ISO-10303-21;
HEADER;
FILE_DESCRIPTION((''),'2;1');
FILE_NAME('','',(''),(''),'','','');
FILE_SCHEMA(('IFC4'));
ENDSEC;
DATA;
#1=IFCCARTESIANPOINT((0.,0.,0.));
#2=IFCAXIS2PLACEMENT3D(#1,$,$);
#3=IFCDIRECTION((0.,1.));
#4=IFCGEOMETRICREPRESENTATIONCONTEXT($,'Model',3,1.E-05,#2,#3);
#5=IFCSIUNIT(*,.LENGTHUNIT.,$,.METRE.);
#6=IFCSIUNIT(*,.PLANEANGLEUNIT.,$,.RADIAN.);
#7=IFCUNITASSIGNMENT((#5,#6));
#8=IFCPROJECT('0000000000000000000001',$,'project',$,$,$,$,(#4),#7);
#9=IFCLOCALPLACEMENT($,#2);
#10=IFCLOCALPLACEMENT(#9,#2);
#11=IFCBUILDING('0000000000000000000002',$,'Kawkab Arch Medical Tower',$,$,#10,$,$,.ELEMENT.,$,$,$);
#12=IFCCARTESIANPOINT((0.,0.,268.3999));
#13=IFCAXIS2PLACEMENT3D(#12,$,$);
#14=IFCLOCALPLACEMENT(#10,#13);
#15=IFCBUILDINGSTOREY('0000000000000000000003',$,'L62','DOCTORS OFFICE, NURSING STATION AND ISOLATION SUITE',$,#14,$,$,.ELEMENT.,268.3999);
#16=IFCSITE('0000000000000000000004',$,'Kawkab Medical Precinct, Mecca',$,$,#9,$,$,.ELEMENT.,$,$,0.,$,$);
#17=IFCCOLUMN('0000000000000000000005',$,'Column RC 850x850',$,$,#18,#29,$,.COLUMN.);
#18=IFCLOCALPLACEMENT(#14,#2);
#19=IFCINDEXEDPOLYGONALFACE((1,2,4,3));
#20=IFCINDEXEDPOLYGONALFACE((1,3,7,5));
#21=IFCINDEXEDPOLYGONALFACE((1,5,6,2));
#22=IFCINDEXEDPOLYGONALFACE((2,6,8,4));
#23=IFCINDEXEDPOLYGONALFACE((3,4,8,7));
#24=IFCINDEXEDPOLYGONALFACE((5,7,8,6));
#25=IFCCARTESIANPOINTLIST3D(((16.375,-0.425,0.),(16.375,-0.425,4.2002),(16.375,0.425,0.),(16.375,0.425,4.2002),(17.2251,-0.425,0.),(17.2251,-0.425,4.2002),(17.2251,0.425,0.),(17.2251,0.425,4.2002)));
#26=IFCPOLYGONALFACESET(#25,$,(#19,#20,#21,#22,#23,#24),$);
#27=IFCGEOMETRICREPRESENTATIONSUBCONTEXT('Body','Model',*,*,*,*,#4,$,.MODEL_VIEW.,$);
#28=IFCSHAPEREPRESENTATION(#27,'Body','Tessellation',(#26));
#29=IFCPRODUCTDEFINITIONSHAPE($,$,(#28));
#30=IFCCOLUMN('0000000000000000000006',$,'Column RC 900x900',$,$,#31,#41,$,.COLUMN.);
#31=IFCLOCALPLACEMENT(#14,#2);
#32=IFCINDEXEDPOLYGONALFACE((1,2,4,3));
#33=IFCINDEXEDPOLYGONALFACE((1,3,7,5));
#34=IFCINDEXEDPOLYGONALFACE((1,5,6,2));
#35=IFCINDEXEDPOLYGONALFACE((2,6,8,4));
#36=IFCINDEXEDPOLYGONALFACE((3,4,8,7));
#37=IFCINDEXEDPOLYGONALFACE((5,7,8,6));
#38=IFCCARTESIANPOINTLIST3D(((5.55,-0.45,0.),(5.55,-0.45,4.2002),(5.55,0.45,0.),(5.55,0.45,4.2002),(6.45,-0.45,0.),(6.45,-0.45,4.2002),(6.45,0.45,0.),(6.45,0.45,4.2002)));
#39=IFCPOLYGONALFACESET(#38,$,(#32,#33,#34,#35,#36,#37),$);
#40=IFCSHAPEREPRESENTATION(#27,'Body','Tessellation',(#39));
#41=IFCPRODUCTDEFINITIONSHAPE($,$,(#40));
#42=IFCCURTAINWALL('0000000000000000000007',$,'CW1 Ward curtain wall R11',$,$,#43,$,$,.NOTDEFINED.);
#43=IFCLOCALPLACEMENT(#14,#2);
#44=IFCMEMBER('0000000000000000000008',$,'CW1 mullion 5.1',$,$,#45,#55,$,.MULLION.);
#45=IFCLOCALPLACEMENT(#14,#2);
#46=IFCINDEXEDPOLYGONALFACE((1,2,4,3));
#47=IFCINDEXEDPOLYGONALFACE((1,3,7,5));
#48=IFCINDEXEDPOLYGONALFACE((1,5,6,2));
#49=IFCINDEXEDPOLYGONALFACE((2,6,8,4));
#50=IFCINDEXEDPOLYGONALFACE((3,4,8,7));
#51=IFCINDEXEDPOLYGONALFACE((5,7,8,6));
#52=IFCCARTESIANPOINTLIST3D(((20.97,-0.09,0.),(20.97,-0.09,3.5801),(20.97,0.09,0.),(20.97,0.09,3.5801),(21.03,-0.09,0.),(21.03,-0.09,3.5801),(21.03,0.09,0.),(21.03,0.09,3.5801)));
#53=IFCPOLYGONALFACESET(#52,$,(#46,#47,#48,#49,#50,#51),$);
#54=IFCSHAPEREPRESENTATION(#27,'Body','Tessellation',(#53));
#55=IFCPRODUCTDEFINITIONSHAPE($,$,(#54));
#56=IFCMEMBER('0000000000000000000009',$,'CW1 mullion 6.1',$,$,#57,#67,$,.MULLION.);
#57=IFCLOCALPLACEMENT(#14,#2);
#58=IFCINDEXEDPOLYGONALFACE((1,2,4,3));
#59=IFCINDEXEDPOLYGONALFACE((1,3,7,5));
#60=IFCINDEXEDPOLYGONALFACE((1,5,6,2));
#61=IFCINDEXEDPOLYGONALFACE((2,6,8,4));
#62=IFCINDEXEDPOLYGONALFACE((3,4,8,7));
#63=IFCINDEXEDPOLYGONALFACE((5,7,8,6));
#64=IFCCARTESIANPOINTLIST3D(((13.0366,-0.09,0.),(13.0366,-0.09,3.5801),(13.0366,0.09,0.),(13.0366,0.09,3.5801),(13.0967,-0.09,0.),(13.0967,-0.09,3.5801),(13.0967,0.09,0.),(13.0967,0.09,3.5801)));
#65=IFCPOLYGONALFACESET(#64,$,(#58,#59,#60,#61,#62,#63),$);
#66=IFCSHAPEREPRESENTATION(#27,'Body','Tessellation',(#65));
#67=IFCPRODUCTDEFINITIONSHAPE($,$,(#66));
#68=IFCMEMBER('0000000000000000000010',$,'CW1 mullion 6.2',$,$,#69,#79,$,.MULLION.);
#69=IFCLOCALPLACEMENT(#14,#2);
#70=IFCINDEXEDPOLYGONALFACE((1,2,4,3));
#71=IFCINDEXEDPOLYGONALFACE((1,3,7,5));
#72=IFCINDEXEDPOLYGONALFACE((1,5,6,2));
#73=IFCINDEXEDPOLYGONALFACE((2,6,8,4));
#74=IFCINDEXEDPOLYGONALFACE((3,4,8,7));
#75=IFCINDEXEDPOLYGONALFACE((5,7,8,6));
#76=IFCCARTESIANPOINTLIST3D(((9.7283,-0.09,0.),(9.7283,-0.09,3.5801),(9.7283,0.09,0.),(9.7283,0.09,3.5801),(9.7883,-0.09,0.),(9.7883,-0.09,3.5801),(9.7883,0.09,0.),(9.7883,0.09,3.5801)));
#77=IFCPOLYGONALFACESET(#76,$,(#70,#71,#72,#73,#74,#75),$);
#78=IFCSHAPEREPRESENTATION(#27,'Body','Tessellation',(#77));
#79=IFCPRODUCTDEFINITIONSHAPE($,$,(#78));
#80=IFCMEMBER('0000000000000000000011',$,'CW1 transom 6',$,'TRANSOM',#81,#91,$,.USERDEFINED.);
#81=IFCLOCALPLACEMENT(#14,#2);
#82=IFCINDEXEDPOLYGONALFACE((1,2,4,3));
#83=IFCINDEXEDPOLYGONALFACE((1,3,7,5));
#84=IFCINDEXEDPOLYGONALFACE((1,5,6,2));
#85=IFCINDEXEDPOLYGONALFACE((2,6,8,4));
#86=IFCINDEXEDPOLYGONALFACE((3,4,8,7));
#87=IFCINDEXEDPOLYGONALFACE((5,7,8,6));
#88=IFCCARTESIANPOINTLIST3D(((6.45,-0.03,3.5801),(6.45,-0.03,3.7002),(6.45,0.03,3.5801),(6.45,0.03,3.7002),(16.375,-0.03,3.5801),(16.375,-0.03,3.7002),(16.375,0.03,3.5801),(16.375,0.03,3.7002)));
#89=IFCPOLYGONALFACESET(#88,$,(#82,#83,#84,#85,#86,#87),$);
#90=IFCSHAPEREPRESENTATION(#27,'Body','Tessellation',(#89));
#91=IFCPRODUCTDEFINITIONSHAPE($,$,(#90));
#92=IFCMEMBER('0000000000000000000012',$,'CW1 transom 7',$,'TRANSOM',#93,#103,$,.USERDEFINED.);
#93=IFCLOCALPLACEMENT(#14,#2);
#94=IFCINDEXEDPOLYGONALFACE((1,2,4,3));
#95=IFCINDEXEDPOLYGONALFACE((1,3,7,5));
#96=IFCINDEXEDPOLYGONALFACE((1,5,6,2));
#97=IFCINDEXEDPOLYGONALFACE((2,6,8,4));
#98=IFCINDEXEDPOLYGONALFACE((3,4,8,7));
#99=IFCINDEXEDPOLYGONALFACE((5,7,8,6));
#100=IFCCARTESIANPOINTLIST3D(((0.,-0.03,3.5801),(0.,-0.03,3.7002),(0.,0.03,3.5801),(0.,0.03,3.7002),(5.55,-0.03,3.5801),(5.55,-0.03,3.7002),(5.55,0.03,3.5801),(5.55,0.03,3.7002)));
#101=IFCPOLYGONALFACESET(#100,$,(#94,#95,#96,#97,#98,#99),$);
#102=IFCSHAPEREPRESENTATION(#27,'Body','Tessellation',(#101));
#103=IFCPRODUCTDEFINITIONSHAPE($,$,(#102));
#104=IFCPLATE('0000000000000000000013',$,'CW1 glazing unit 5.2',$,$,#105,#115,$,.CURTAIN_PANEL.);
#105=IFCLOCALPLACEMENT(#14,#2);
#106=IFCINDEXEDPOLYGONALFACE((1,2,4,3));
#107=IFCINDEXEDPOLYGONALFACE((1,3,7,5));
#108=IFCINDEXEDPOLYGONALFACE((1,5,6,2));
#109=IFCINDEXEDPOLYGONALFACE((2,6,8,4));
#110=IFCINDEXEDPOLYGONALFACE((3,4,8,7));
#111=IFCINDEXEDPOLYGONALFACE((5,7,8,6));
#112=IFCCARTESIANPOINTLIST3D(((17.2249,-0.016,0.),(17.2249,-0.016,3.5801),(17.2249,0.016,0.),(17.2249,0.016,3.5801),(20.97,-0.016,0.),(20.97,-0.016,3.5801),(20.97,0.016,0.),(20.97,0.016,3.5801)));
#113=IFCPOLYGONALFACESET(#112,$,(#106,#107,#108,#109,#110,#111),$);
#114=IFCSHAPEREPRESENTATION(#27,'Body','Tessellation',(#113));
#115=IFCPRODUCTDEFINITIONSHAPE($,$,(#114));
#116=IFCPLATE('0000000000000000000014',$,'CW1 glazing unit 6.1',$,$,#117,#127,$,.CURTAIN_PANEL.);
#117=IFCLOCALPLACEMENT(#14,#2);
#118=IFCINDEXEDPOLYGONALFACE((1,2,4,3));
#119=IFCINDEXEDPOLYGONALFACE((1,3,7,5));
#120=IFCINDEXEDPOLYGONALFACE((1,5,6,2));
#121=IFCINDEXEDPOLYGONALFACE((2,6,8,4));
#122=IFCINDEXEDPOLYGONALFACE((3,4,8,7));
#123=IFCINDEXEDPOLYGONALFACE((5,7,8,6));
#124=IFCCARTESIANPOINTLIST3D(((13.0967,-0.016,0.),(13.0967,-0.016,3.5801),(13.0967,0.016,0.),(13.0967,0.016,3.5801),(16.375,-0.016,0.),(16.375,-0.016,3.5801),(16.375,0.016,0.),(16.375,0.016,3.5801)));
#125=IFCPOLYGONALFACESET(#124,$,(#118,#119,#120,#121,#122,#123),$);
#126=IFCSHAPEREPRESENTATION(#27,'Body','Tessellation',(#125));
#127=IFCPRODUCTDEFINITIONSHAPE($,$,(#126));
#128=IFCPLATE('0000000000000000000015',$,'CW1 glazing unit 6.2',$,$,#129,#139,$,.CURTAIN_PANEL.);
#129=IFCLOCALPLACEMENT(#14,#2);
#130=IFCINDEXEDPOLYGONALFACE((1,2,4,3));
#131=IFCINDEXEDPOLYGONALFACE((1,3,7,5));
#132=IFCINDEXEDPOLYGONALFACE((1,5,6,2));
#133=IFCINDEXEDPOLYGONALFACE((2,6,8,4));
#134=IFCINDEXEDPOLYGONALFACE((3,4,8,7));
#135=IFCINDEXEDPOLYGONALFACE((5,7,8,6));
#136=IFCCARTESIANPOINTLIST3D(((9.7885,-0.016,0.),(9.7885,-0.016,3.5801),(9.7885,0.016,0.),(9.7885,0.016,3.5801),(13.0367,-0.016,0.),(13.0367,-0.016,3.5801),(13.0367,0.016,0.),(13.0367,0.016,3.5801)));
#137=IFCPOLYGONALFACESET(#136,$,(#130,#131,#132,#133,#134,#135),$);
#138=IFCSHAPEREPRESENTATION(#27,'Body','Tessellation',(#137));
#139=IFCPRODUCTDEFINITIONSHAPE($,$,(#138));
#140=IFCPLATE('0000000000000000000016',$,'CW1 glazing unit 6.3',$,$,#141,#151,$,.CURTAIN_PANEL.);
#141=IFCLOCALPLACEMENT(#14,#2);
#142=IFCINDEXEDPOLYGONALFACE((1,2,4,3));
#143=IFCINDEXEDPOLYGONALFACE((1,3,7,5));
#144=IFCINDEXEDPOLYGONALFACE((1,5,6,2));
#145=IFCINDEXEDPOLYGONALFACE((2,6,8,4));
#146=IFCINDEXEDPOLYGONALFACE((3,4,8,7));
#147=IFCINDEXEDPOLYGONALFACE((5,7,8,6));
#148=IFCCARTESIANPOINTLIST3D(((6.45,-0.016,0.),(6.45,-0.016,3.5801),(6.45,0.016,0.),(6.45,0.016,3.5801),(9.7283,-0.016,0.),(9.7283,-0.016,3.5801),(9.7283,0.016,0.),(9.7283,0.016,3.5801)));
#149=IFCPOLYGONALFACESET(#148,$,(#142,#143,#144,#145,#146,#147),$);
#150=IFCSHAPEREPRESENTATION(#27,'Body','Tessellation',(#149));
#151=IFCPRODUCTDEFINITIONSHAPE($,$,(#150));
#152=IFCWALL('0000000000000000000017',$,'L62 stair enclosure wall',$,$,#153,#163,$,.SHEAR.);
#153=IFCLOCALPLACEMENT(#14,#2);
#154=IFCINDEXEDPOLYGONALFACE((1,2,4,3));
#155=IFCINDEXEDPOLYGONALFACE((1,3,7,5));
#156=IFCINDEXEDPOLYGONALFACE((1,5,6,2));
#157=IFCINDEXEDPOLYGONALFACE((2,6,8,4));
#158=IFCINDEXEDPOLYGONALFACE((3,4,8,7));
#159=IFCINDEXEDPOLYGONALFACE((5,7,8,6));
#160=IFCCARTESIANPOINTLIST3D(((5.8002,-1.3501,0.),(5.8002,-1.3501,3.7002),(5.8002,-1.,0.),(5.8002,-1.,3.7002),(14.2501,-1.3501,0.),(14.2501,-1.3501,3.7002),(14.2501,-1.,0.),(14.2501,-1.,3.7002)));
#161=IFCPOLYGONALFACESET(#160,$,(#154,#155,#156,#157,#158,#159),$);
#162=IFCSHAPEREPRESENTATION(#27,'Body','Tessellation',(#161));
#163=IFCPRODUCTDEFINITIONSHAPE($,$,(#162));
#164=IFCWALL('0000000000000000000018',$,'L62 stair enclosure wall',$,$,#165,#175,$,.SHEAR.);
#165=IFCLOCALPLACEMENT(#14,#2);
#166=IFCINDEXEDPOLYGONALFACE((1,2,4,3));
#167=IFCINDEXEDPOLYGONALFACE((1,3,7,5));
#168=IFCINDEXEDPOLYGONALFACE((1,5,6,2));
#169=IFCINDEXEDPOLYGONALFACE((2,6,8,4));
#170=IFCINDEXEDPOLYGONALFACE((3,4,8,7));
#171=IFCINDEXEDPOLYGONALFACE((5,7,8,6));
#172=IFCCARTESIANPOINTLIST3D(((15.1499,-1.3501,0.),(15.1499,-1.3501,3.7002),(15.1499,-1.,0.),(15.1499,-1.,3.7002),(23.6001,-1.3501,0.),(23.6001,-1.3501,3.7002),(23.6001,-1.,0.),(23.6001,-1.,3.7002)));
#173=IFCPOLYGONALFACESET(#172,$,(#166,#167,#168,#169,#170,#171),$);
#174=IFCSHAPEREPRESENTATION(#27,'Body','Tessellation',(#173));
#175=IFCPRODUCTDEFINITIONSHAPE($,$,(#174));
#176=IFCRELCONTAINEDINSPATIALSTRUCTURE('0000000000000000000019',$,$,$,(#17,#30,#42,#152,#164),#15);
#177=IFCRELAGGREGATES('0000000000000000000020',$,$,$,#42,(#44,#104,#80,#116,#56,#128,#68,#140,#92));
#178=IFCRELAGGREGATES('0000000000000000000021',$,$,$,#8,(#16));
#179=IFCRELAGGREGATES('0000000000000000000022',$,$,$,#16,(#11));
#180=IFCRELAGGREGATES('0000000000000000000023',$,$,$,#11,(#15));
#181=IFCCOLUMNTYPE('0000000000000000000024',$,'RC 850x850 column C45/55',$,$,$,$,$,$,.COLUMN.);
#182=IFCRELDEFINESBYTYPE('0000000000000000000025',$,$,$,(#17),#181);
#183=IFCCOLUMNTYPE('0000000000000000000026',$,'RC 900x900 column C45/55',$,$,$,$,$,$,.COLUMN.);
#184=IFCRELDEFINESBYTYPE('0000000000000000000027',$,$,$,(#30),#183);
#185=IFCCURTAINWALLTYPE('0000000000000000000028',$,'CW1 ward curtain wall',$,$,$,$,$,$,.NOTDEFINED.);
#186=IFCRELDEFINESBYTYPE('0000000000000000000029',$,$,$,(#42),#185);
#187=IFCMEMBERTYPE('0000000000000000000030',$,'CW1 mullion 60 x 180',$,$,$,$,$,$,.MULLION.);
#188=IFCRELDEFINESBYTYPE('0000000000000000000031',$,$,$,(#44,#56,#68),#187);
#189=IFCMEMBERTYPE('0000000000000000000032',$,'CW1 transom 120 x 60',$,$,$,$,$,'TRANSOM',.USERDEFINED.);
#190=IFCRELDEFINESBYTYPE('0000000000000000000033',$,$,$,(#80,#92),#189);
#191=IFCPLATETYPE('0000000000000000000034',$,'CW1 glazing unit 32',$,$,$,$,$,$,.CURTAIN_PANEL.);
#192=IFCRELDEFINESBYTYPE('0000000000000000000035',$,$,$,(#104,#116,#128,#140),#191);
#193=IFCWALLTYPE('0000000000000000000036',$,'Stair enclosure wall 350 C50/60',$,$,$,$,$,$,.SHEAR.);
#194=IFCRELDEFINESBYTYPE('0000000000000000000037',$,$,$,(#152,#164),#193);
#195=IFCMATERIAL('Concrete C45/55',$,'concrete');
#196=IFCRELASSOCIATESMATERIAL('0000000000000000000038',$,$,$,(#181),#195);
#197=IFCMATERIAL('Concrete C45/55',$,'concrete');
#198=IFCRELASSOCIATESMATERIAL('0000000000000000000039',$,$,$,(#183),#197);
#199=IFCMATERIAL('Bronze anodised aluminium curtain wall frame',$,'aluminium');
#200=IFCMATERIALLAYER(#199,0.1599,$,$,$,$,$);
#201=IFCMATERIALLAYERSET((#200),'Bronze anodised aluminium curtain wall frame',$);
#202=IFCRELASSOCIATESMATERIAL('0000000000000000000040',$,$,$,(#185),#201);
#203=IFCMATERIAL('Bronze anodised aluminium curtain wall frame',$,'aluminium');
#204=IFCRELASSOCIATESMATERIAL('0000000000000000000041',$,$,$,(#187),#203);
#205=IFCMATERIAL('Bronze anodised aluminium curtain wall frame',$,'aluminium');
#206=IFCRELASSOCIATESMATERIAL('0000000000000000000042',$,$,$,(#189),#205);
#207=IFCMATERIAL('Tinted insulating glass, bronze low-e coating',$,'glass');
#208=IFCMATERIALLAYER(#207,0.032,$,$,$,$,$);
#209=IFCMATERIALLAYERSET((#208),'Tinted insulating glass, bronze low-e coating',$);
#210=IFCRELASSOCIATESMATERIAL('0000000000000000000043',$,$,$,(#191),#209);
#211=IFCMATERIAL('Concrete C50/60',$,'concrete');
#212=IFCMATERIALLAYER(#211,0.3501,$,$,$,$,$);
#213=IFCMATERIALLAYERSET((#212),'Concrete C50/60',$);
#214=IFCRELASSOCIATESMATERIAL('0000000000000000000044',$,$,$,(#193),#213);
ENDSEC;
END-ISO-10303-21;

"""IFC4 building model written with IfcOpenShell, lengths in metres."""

from ifc_helpers import new_model, si_unit, direction, frame, frame_2d, origin, origin_2d, place, context, subcontext, project, spatial, rectangle, extrude, material, layer, layer_set, material_profile, profile_set, type_object, element, aggregate, save


model = new_model("IFC4")

# Units and contexts
model_context = context("Model", 3, precision=1e-05, world=origin(), true_north=direction((0.0, 1.0)))
body_context = subcontext(model_context, "Body", "Model", "MODEL_VIEW")
ifc_project = project(units=[si_unit("LENGTHUNIT", "METRE"), si_unit("PLANEANGLEUNIT", "RADIAN")], contexts=[model_context])

# Site, building, storey
site_placement = place(None, origin())
site = spatial("IfcSite", under=ifc_project, at=site_placement, Name="Kawkab Medical Precinct, Mecca", CompositionType="ELEMENT", RefElevation=0.0)
building_placement = place(site_placement, origin())
building = spatial("IfcBuilding", under=site, at=building_placement, Name="Kawkab Arch Medical Tower", CompositionType="ELEMENT")
storey_placement = place(building_placement, frame((0.0, 0.0, 268.3999)))
storey = spatial("IfcBuildingStorey", under=building, at=storey_placement, Name="L62", Description="DOCTORS OFFICE, NURSING STATION AND ISOLATION SUITE", CompositionType="ELEMENT", Elevation=268.3999)

# Columns
ifc_material_1 = material(Name="Concrete C45/55", Category="concrete")
ifc_material_profile_1 = material_profile(ifc_material_1, rectangle(XDim=0.8501, YDim=0.8501, at=origin_2d()), Name="RC 850x850")
ifc_profile_set_1 = profile_set([ifc_material_profile_1], Name="Concrete C45/55")
column_type_1 = type_object("IfcColumnType", Name="RC 850x850 column C45/55", PredefinedType="COLUMN", material=ifc_profile_set_1)
column_1_placement = place(storey_placement, frame((16.8, 0.0, 0.0), z_axis=(0.0, 0.0, 1.0), x_axis=(1.0, 0.0, 0.0)))
element("IfcColumn", 1, at=column_1_placement, inside=storey, type_object=column_type_1, Name="Column RC 850x850", PredefinedType="COLUMN", context=body_context, shape_type="SweptSolid", body=[
    extrude(rectangle(XDim=0.8501, YDim=0.8501, at=origin_2d()), origin(), (0.0, 0.0, 1.0), 4.2002),
])
ifc_material_2 = material(Name="Concrete C45/55", Category="concrete")
ifc_material_profile_2 = material_profile(ifc_material_2, rectangle(XDim=0.8999, YDim=0.8999, at=origin_2d()), Name="RC 900x900")
ifc_profile_set_2 = profile_set([ifc_material_profile_2], Name="Concrete C45/55")
column_type_2 = type_object("IfcColumnType", Name="RC 900x900 column C45/55", PredefinedType="COLUMN", material=ifc_profile_set_2)
column_2_placement = place(storey_placement, frame((6.0, 0.0, 0.0), z_axis=(0.0, 0.0, 1.0), x_axis=(1.0, 0.0, 0.0)))
element("IfcColumn", 2, at=column_2_placement, inside=storey, type_object=column_type_2, Name="Column RC 900x900", PredefinedType="COLUMN", context=body_context, shape_type="SweptSolid", body=[
    extrude(rectangle(XDim=0.8999, YDim=0.8999, at=origin_2d()), origin(), (0.0, 0.0, 1.0), 4.2002),
])

# Curtain wall, members, plates
ifc_material_3 = material(Name="Bronze anodised aluminium curtain wall frame", Category="aluminium")
ifc_layer_1 = layer(ifc_material_3, 0.1599)
ifc_layer_set_1 = layer_set([ifc_layer_1], Name="Bronze anodised aluminium curtain wall frame")
curtain_wall_type = type_object("IfcCurtainWallType", Name="CW1 ward curtain wall", PredefinedType="NOTDEFINED", material=ifc_layer_set_1)
placement = place(storey_placement, origin())
curtain_wall = element("IfcCurtainWall", 3, at=placement, inside=storey, type_object=curtain_wall_type, Name="CW1 Ward curtain wall R11", PredefinedType="NOTDEFINED")
ifc_material_4 = material(Name="Bronze anodised aluminium curtain wall frame", Category="aluminium")
ifc_material_profile_3 = material_profile(ifc_material_4, rectangle(XDim=0.1799, YDim=0.0601, at=origin_2d()), Name="AL 60x180")
ifc_profile_set_3 = profile_set([ifc_material_profile_3], Name="Bronze anodised aluminium curtain wall frame")
member_type_1 = type_object("IfcMemberType", Name="CW1 mullion 60 x 180", PredefinedType="MULLION", material=ifc_profile_set_3)
member_1_placement = place(storey_placement, frame((21.0, 0.0, 0.0), z_axis=(0.0, 0.0, 1.0), x_axis=(0.0, -1.0, 0.0)))
member_1 = element("IfcMember", 4, at=member_1_placement, type_object=member_type_1, Name="CW1 mullion 5.1", PredefinedType="MULLION", context=body_context, shape_type="SweptSolid", body=[
    extrude(rectangle(XDim=0.1799, YDim=0.0601, at=origin_2d()), origin(), (0.0, 0.0, 1.0), 3.5801),
])
member_2_placement = place(storey_placement, frame((13.0667, 0.0, 0.0), z_axis=(0.0, 0.0, 1.0), x_axis=(0.0, -1.0, 0.0)))
member_2 = element("IfcMember", 5, at=member_2_placement, type_object=member_type_1, Name="CW1 mullion 6.1", PredefinedType="MULLION", context=body_context, shape_type="SweptSolid", body=[
    extrude(rectangle(XDim=0.1799, YDim=0.0601, at=origin_2d()), origin(), (0.0, 0.0, 1.0), 3.5801),
])
member_3_placement = place(storey_placement, frame((9.7583, 0.0, 0.0), z_axis=(0.0, 0.0, 1.0), x_axis=(0.0, -1.0, 0.0)))
member_3 = element("IfcMember", 6, at=member_3_placement, type_object=member_type_1, Name="CW1 mullion 6.2", PredefinedType="MULLION", context=body_context, shape_type="SweptSolid", body=[
    extrude(rectangle(XDim=0.1799, YDim=0.0601, at=origin_2d()), origin(), (0.0, 0.0, 1.0), 3.5801),
])
ifc_material_5 = material(Name="Bronze anodised aluminium curtain wall frame", Category="aluminium")
ifc_material_profile_4 = material_profile(ifc_material_5, rectangle(XDim=0.0601, YDim=0.1201, at=origin_2d()), Name="AL 60x120")
ifc_profile_set_4 = profile_set([ifc_material_profile_4], Name="Bronze anodised aluminium curtain wall frame")
member_type_2 = type_object("IfcMemberType", Name="CW1 transom 120 x 60", ElementType="TRANSOM", PredefinedType="USERDEFINED", material=ifc_profile_set_4)
member_4_placement = place(storey_placement, frame((16.375, 0.0, 3.6401), z_axis=(-1.0, 0.0, 0.0), x_axis=(0.0, -1.0, 0.0)))
member_4 = element("IfcMember", 7, at=member_4_placement, type_object=member_type_2, Name="CW1 transom 6", ObjectType="TRANSOM", PredefinedType="USERDEFINED", context=body_context, shape_type="SweptSolid", body=[
    extrude(rectangle(XDim=0.0601, YDim=0.1201, at=origin_2d()), origin(), (0.0, 0.0, 1.0), 9.925),
])
member_5_placement = place(storey_placement, frame((5.55, 0.0, 3.6401), z_axis=(-1.0, 0.0, 0.0), x_axis=(0.0, -1.0, 0.0)))
member_5 = element("IfcMember", 8, at=member_5_placement, type_object=member_type_2, Name="CW1 transom 7", ObjectType="TRANSOM", PredefinedType="USERDEFINED", context=body_context, shape_type="SweptSolid", body=[
    extrude(rectangle(XDim=0.0601, YDim=0.1201, at=origin_2d()), origin(), (0.0, 0.0, 1.0), 5.55),
])
ifc_material_6 = material(Name="Tinted insulating glass, bronze low-e coating", Category="glass")
ifc_layer_2 = layer(ifc_material_6, 0.032)
ifc_layer_set_2 = layer_set([ifc_layer_2], Name="Tinted insulating glass, bronze low-e coating")
plate_type = type_object("IfcPlateType", Name="CW1 glazing unit 32", PredefinedType="CURTAIN_PANEL", material=ifc_layer_set_2)
plate_1_placement = place(storey_placement, frame((19.0974, 0.0, 0.0), z_axis=(0.0, 0.0, 1.0), x_axis=(-1.0, 0.0, 0.0)))
plate_1 = element("IfcPlate", 9, at=plate_1_placement, type_object=plate_type, Name="CW1 glazing unit 5.2", PredefinedType="CURTAIN_PANEL", context=body_context, shape_type="SweptSolid", body=[
    extrude(rectangle(XDim=3.7451, YDim=0.032, at=origin_2d()), origin(), (0.0, 0.0, 1.0), 3.5801),
])
plate_2_placement = place(storey_placement, frame((14.7358, 0.0, 0.0), z_axis=(0.0, 0.0, 1.0), x_axis=(-1.0, 0.0, 0.0)))
plate_2 = element("IfcPlate", 10, at=plate_2_placement, type_object=plate_type, Name="CW1 glazing unit 6.1", PredefinedType="CURTAIN_PANEL", context=body_context, shape_type="SweptSolid", body=[
    extrude(rectangle(XDim=3.2783, YDim=0.032, at=origin_2d()), origin(), (0.0, 0.0, 1.0), 3.5801),
])
plate_3_placement = place(storey_placement, frame((11.4126, 0.0, 0.0), z_axis=(0.0, 0.0, 1.0), x_axis=(-1.0, 0.0, 0.0)))
plate_3 = element("IfcPlate", 11, at=plate_3_placement, type_object=plate_type, Name="CW1 glazing unit 6.2", PredefinedType="CURTAIN_PANEL", context=body_context, shape_type="SweptSolid", body=[
    extrude(rectangle(XDim=3.2483, YDim=0.032, at=origin_2d()), origin(), (0.0, 0.0, 1.0), 3.5801),
])
plate_4_placement = place(storey_placement, frame((8.0891, 0.0, 0.0), z_axis=(0.0, 0.0, 1.0), x_axis=(-1.0, 0.0, 0.0)))
plate_4 = element("IfcPlate", 12, at=plate_4_placement, type_object=plate_type, Name="CW1 glazing unit 6.3", PredefinedType="CURTAIN_PANEL", context=body_context, shape_type="SweptSolid", body=[
    extrude(rectangle(XDim=3.2783, YDim=0.032, at=origin_2d()), origin(), (0.0, 0.0, 1.0), 3.5801),
])
aggregate(curtain_wall, [member_1, plate_1, member_4, plate_2, member_2, plate_3, member_3, plate_4, member_5])

# Walls
ifc_material_7 = material(Name="Concrete C50/60", Category="concrete")
ifc_layer_3 = layer(ifc_material_7, 0.3501)
ifc_layer_set_3 = layer_set([ifc_layer_3], Name="Concrete C50/60")
wall_type = type_object("IfcWallType", Name="Stair enclosure wall 350 C50/60", PredefinedType="SHEAR", material=ifc_layer_set_3)
wall_1_placement = place(storey_placement, frame((5.8, -1.175, 0.0), z_axis=(0.0, 0.0, 1.0), x_axis=(1.0, 0.0, 0.0)))
element("IfcWall", 13, at=wall_1_placement, inside=storey, type_object=wall_type, Name="L62 stair enclosure wall", PredefinedType="SHEAR", context=body_context, shape_type="SweptSolid", body=[
    extrude(rectangle(XDim=8.45, YDim=0.3501, at=frame_2d((4.2251, 0.0))), origin(), (0.0, 0.0, 1.0), 3.7002),
])
wall_2_placement = place(storey_placement, frame((15.1499, -1.175, 0.0), z_axis=(0.0, 0.0, 1.0), x_axis=(1.0, 0.0, 0.0)))
element("IfcWall", 14, at=wall_2_placement, inside=storey, type_object=wall_type, Name="L62 stair enclosure wall", PredefinedType="SHEAR", context=body_context, shape_type="SweptSolid", body=[
    extrude(rectangle(XDim=8.4502, YDim=0.3501, at=frame_2d((4.2251, 0.0))), origin(), (0.0, 0.0, 1.0), 3.7002),
])

save(model, "model.ifc")
